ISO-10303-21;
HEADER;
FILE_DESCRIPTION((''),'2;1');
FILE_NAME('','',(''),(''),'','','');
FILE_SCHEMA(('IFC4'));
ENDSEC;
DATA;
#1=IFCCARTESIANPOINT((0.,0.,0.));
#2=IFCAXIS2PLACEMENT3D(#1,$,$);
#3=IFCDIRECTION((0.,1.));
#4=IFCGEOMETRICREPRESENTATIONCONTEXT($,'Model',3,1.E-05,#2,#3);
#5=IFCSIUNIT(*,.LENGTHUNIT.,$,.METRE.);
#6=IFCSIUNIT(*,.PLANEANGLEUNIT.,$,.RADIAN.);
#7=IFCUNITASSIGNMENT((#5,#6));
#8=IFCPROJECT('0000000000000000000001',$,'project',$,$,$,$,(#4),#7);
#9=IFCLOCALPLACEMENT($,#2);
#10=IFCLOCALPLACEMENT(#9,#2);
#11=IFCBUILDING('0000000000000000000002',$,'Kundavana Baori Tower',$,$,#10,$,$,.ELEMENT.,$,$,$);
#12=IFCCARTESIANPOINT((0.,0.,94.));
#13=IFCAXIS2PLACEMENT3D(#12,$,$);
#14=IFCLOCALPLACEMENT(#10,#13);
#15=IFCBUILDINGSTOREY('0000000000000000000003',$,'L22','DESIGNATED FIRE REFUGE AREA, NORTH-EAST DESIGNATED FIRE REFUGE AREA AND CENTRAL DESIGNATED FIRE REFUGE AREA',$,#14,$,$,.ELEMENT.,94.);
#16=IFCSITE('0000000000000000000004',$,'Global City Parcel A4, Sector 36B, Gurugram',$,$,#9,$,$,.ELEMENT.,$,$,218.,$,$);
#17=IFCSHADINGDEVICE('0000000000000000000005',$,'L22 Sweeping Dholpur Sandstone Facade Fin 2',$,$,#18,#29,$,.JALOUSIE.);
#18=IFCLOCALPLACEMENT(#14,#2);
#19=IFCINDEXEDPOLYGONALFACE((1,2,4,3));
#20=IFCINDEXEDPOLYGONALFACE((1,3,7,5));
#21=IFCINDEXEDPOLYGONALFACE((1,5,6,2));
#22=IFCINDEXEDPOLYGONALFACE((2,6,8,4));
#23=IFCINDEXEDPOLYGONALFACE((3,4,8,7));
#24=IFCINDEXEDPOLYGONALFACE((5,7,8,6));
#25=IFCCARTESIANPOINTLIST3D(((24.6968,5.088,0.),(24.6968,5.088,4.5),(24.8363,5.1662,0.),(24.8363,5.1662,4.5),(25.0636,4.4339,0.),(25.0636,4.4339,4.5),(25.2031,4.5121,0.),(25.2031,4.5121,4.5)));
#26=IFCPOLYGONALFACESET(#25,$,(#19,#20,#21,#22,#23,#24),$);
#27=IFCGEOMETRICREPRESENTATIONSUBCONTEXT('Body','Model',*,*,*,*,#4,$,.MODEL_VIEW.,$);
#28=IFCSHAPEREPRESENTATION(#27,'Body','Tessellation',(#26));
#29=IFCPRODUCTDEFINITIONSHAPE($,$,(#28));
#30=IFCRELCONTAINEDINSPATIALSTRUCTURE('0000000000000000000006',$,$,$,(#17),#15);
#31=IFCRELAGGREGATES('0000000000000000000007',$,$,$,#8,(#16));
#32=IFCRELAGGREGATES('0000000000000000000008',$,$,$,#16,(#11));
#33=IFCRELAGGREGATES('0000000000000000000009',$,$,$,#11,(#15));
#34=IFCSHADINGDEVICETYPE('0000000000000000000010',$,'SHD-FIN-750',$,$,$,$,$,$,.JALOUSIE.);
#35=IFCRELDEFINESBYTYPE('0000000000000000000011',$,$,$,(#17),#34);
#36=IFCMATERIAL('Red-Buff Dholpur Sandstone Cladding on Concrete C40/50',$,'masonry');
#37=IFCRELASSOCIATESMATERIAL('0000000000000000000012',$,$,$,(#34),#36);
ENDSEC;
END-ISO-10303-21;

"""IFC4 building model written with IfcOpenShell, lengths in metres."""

from ifc_helpers import new_model, si_unit, direction, frame, origin, origin_2d, place, context, subcontext, project, spatial, rectangle, extrude, material, type_object, element, save


model = new_model("IFC4")

# Units and contexts
model_context = context("Model", 3, precision=1e-05, world=origin(), true_north=direction((0.0, 1.0)))
body_context = subcontext(model_context, "Body", "Model", "MODEL_VIEW")
ifc_project = project(units=[si_unit("LENGTHUNIT", "METRE"), si_unit("PLANEANGLEUNIT", "RADIAN")], contexts=[model_context])

# Site, building, storey
site_placement = place(None, origin())
site = spatial("IfcSite", under=ifc_project, at=site_placement, Name="Global City Parcel A4, Sector 36B, Gurugram", CompositionType="ELEMENT", RefElevation=218.0)
building_placement = place(site_placement, origin())
building = spatial("IfcBuilding", under=site, at=building_placement, Name="Kundavana Baori Tower", CompositionType="ELEMENT")
storey_placement = place(building_placement, frame((0.0, 0.0, 94.0)))
storey = spatial("IfcBuildingStorey", under=building, at=storey_placement, Name="L22", Description="DESIGNATED FIRE REFUGE AREA, NORTH-EAST DESIGNATED FIRE REFUGE AREA AND CENTRAL DESIGNATED FIRE REFUGE AREA", CompositionType="ELEMENT", Elevation=94.0)

# Shading device
ifc_material_1 = material(Name="Red-Buff Dholpur Sandstone Cladding on Concrete C40/50", Category="masonry")
shading_device_type = type_object("IfcShadingDeviceType", Name="SHD-FIN-750", PredefinedType="JALOUSIE", material=ifc_material_1)
shading_device_placement = place(storey_placement, frame((24.95, 4.8, 0.0), z_axis=(0.0, 0.0, 1.0), x_axis=(0.87224, 0.489078, 0.0)))
element("IfcShadingDevice", 1, at=shading_device_placement, inside=storey, type_object=shading_device_type, Name="L22 Sweeping Dholpur Sandstone Facade Fin 2", PredefinedType="JALOUSIE", context=body_context, shape_type="SweptSolid", body=[
    extrude(rectangle(XDim=0.1599, YDim=0.75, at=origin_2d()), origin(), (0.0, 0.0, 1.0), 4.5),
])

save(model, "model.ifc")
